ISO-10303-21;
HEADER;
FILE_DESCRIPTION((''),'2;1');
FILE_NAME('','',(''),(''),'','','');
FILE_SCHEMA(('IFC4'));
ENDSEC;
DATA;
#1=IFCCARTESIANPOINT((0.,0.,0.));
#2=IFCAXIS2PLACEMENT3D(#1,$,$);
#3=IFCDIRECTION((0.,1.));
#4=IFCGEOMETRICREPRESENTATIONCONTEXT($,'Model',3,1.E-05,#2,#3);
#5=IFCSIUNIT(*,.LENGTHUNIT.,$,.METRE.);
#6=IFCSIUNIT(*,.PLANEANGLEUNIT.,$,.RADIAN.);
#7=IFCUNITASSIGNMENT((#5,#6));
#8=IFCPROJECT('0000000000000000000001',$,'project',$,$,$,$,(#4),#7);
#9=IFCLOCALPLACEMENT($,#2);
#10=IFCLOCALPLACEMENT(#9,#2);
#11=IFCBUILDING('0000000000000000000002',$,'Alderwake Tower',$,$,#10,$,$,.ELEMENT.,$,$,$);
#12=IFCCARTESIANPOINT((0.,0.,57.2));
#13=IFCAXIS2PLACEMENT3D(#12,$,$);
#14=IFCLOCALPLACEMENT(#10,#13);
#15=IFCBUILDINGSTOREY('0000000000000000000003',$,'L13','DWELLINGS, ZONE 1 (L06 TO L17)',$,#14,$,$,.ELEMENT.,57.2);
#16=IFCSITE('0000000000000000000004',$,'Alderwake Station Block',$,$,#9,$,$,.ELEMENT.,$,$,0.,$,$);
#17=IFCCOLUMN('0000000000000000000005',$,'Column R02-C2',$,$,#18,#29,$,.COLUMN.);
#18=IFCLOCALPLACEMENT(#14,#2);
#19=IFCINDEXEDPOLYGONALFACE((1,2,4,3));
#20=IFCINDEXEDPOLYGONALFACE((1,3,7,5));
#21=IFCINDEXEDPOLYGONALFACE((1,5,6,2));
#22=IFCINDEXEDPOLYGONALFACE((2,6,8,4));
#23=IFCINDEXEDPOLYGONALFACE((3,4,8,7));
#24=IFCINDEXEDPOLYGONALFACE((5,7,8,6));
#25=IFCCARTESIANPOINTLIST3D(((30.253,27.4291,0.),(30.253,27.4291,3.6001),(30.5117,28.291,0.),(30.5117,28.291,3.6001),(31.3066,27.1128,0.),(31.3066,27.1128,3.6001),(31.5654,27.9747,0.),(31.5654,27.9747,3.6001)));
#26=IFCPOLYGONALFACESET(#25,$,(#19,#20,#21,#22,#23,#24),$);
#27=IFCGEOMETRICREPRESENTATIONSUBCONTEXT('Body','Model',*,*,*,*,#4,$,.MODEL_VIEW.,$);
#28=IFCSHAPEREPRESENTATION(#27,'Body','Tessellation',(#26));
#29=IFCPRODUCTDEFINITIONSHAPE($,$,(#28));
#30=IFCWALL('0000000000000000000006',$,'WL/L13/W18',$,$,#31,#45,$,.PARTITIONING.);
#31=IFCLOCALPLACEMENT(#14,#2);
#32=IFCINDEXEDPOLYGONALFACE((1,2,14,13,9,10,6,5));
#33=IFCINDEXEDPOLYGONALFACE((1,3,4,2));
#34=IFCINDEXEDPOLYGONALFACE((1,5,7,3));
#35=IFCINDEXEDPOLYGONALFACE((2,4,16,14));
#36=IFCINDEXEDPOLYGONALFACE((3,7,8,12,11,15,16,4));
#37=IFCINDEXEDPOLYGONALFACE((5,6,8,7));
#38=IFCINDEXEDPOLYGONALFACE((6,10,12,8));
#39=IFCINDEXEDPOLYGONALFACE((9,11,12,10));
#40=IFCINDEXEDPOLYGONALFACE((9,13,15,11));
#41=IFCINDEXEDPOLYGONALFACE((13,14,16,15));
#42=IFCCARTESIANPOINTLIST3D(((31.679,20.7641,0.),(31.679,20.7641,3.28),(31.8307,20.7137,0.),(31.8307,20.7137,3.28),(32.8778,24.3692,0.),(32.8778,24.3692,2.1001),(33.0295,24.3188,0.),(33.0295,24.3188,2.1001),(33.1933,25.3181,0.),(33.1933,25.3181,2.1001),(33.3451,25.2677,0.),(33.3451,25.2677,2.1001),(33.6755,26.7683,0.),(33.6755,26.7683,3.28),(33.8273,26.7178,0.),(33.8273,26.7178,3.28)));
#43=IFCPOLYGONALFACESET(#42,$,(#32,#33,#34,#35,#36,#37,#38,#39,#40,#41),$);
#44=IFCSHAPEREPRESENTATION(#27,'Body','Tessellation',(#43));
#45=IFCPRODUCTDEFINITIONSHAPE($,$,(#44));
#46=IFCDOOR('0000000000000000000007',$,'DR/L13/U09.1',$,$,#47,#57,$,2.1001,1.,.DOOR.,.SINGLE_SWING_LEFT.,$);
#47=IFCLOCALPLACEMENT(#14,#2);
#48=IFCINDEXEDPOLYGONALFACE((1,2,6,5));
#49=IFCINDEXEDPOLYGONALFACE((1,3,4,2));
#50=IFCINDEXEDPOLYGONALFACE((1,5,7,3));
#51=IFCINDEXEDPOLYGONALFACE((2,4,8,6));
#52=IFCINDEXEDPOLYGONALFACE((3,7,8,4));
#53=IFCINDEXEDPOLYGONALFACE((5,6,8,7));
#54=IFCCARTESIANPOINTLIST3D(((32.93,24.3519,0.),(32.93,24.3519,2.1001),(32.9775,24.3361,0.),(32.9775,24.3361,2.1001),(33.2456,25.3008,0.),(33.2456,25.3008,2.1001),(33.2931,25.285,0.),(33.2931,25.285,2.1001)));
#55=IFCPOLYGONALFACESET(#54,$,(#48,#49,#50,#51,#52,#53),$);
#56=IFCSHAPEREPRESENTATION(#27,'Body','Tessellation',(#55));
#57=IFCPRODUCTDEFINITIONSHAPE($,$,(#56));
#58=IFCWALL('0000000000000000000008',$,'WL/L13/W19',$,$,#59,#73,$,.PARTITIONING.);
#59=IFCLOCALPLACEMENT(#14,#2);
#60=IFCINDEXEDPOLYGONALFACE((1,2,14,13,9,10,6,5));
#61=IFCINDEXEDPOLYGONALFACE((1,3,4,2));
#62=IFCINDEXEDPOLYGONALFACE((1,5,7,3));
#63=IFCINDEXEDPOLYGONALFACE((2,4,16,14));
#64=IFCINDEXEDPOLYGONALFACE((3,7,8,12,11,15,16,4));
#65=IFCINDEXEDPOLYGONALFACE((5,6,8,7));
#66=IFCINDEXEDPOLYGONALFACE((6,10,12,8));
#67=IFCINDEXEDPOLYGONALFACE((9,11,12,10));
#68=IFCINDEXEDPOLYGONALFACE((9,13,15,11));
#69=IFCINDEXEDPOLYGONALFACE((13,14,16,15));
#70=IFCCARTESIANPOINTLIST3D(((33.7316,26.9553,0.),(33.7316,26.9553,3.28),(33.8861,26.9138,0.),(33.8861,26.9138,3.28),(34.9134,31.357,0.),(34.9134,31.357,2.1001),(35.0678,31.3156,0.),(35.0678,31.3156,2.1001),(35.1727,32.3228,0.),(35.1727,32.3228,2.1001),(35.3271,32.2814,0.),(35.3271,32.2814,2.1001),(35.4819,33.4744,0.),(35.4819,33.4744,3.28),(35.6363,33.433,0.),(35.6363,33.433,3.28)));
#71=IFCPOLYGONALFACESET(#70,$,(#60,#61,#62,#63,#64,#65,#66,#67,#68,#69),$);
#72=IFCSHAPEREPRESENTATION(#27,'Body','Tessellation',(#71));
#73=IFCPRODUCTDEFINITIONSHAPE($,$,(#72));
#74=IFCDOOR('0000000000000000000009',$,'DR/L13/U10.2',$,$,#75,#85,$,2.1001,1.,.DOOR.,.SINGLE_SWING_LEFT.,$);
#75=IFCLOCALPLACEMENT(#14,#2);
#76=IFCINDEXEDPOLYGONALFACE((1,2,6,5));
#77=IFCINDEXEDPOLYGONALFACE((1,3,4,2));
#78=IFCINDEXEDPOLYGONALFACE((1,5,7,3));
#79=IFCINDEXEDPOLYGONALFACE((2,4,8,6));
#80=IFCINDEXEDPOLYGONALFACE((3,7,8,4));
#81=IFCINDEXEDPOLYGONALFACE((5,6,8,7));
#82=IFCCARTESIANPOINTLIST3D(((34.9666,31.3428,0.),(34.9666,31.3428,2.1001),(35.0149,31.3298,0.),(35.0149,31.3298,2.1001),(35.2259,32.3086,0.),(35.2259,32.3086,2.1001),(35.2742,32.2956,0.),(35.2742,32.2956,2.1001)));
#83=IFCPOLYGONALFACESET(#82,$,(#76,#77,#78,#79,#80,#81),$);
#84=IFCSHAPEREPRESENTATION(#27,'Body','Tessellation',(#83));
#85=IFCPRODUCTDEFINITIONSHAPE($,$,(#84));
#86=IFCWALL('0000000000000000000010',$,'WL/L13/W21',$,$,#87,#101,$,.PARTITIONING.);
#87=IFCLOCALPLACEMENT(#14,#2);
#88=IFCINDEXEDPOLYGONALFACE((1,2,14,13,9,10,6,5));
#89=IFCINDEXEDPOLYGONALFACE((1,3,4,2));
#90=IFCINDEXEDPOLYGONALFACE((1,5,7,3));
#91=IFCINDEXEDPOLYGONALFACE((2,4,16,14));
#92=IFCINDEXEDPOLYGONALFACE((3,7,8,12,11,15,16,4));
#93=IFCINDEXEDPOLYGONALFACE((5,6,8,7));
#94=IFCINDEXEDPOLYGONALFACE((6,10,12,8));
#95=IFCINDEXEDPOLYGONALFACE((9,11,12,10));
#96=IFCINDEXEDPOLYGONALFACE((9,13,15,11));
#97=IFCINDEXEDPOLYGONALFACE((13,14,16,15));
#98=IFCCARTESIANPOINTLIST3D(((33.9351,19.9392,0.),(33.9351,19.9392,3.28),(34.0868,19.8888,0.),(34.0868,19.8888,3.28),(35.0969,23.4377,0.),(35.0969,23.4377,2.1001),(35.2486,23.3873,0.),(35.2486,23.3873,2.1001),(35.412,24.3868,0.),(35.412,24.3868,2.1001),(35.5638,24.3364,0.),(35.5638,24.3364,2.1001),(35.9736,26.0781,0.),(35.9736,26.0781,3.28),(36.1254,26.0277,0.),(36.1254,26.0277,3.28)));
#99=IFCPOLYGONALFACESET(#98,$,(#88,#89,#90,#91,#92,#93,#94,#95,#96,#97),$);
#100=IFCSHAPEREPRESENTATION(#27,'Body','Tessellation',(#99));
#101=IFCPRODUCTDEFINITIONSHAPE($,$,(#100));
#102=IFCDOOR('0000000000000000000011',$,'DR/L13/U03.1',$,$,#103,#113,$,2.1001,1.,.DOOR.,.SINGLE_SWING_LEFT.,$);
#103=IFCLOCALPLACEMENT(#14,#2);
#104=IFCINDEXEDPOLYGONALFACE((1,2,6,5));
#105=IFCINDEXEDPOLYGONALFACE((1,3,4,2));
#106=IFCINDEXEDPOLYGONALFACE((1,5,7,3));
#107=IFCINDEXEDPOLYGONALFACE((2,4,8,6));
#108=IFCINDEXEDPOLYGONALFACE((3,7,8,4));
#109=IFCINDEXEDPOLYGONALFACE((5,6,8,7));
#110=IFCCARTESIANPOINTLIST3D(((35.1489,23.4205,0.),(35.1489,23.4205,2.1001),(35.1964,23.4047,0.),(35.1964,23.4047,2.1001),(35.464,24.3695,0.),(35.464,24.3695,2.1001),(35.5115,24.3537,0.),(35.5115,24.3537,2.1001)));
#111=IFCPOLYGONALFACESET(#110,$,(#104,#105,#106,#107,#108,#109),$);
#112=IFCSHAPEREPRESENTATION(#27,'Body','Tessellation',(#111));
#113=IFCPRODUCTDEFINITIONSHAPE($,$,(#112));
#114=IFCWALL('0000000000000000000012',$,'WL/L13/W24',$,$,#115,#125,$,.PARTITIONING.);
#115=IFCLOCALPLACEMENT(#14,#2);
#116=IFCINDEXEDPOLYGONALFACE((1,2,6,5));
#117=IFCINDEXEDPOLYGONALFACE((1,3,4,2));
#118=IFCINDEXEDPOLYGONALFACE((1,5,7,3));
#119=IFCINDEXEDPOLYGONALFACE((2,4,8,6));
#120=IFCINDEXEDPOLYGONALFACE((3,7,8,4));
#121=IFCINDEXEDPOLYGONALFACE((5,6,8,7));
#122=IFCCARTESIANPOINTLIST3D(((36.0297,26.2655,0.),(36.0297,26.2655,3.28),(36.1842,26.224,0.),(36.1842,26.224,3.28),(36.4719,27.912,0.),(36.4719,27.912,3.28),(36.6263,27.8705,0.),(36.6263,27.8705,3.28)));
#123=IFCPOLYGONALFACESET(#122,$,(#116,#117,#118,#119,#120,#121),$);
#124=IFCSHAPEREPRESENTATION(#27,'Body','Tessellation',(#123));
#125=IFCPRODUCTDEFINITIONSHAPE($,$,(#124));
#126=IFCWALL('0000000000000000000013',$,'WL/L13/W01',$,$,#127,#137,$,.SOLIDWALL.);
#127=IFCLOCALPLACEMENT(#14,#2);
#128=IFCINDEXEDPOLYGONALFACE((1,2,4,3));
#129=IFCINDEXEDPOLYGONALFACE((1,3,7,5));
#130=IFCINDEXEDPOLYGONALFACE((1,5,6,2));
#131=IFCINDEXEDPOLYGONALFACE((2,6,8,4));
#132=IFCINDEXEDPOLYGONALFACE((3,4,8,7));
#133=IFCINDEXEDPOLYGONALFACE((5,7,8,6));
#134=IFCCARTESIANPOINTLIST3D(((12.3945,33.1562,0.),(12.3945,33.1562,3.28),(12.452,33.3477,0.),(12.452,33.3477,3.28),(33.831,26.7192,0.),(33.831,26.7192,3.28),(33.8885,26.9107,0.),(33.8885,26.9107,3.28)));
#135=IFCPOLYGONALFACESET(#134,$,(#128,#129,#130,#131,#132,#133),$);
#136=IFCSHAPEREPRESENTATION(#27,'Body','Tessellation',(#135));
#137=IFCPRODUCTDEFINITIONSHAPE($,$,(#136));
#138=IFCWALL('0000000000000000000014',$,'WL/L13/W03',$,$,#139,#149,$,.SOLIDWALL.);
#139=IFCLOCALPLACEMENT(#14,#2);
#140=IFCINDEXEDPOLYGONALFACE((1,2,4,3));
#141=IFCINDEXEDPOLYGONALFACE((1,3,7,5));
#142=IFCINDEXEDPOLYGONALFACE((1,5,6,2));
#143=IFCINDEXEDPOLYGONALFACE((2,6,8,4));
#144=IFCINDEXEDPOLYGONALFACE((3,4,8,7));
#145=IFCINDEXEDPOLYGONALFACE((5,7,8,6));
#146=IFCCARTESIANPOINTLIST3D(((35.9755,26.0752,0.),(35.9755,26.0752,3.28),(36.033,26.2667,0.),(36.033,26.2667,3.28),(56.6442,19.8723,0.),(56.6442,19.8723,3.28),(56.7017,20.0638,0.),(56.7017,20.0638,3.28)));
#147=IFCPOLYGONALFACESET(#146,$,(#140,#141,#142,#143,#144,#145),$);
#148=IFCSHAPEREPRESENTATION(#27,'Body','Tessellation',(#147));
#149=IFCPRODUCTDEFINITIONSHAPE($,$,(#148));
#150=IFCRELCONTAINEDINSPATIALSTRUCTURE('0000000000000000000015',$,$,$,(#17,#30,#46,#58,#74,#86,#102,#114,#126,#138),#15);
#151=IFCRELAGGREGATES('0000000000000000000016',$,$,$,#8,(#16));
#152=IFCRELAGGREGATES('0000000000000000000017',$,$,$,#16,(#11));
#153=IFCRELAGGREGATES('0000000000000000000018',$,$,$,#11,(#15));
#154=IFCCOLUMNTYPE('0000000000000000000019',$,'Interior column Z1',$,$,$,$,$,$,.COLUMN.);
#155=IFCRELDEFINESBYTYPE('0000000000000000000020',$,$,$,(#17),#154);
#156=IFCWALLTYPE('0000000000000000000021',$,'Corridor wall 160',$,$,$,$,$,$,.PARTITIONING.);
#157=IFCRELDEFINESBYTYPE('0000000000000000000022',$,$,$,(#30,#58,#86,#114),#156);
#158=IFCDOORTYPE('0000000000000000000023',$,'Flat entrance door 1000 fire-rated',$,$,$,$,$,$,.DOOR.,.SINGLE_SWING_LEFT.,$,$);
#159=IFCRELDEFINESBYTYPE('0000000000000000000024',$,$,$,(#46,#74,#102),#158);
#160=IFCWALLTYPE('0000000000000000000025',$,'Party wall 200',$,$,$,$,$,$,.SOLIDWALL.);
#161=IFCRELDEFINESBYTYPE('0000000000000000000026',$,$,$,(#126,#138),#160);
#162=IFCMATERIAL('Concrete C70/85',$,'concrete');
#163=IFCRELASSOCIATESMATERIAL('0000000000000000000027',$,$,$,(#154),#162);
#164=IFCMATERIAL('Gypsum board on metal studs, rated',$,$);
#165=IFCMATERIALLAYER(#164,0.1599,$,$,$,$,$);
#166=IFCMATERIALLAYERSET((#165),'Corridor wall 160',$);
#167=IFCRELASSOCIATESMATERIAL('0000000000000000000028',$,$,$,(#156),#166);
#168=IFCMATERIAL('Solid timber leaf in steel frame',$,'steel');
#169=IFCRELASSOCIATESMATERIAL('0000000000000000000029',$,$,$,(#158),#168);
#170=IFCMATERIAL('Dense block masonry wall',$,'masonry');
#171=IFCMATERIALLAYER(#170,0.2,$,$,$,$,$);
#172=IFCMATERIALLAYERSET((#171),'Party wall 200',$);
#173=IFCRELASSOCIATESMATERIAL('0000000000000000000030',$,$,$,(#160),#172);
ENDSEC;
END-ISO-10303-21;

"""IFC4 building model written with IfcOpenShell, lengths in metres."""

from ifc_helpers import new_model, si_unit, direction, frame, frame_2d, origin, origin_2d, place, context, subcontext, project, spatial, rectangle, extrude, material, layer, layer_set, material_profile, profile_set, type_object, element, fill, save


model = new_model("IFC4")

# Units and contexts
model_context = context("Model", 3, precision=1e-05, world=origin(), true_north=direction((0.0, 1.0)))
body_context = subcontext(model_context, "Body", "Model", "MODEL_VIEW")
ifc_project = project(units=[si_unit("LENGTHUNIT", "METRE"), si_unit("PLANEANGLEUNIT", "RADIAN")], contexts=[model_context])

# Site, building, storey
site_placement = place(None, origin())
site = spatial("IfcSite", under=ifc_project, at=site_placement, Name="Alderwake Station Block", CompositionType="ELEMENT", RefElevation=0.0)
building_placement = place(site_placement, origin())
building = spatial("IfcBuilding", under=site, at=building_placement, Name="Alderwake Tower", CompositionType="ELEMENT")
storey_placement = place(building_placement, frame((0.0, 0.0, 57.2)))
storey = spatial("IfcBuildingStorey", under=building, at=storey_placement, Name="L13", Description="DWELLINGS, ZONE 1 (L06 TO L17)", CompositionType="ELEMENT", Elevation=57.2)

# Column
ifc_material_1 = material(Name="Concrete C70/85", Category="concrete")
ifc_material_profile = material_profile(ifc_material_1, rectangle(XDim=0.8999, YDim=1.1001, at=origin_2d()), Name="RC 1100X900")
ifc_profile_set = profile_set([ifc_material_profile], Name="Concrete C70/85")
column_type = type_object("IfcColumnType", Name="Interior column Z1", PredefinedType="COLUMN", material=ifc_profile_set)
column_placement = place(storey_placement, frame((30.9092, 27.7019, 0.0), z_axis=(0.0, 0.0, 1.0), x_axis=(0.287549, 0.957766, 0.0)))
element("IfcColumn", 1, at=column_placement, inside=storey, type_object=column_type, Name="Column R02-C2", PredefinedType="COLUMN", context=body_context, shape_type="SweptSolid", body=[
    extrude(rectangle(XDim=0.8999, YDim=1.1001, at=origin_2d()), origin(), (0.0, 0.0, 1.0), 3.6001),
])

# Walls, openings, doors
ifc_material_2 = material(Name="Gypsum board on metal studs, rated")
ifc_layer_1 = layer(ifc_material_2, 0.1599)
ifc_layer_set_1 = layer_set([ifc_layer_1], Name="Corridor wall 160")
wall_type_1 = type_object("IfcWallType", Name="Corridor wall 160", PredefinedType="PARTITIONING", material=ifc_layer_set_1)
wall_1_placement = place(storey_placement, frame((31.7549, 20.739, 0.0), z_axis=(0.0, 0.0, 1.0), x_axis=(0.315545, 0.948911, 0.0)))
wall_1 = element("IfcWall", 2, at=wall_1_placement, inside=storey, type_object=wall_type_1, Name="WL/L13/W18", PredefinedType="PARTITIONING", context=body_context, shape_type="SweptSolid", body=[
    extrude(rectangle(XDim=6.3274, YDim=0.1599, at=frame_2d((3.1636, 0.0))), origin(), (0.0, 0.0, 1.0), 3.28),
])
opening_1_placement = place(wall_1_placement, frame((3.7991, 0.0, 0.0)))
opening_1 = element("IfcOpeningElement", 3, at=opening_1_placement, cuts=wall_1, PredefinedType="OPENING", context=body_context, shape_type="SweptSolid", body=[
    extrude(rectangle(XDim=1.0, YDim=2.1001, at=frame_2d((0.5, 1.05))), frame((0.0, 0.0898, 0.0), z_axis=(0.0, -1.0, 0.0), x_axis=(1.0, 0.0, 0.0)), (0.0, 0.0, 1.0), 0.1799),
])
ifc_material_3 = material(Name="Solid timber leaf in steel frame", Category="steel")
door_type_1 = type_object("IfcDoorType", Name="Flat entrance door 1000 fire-rated", OperationType="SINGLE_SWING_LEFT", PredefinedType="DOOR", material=ifc_material_3)
door_1_placement = place(opening_1_placement, origin())
door_1 = element("IfcDoor", 4, at=door_1_placement, inside=storey, type_object=door_type_1, Name="DR/L13/U09.1", OperationType="SINGLE_SWING_LEFT", OverallHeight=2.1001, OverallWidth=1.0, PredefinedType="DOOR", context=body_context, shape_type="SweptSolid", body=[
    extrude(rectangle(XDim=1.0, YDim=2.1001, at=frame_2d((0.5, 1.05))), frame((0.0, 0.0249, 0.0), z_axis=(0.0, -1.0, 0.0), x_axis=(1.0, 0.0, 0.0)), (0.0, 0.0, 1.0), 0.05),
])
fill(opening_1, door_1)
wall_2_placement = place(storey_placement, frame((33.8088, 26.9346, 0.0), z_axis=(0.0, 0.0, 1.0), x_axis=(0.259299, 0.965797, 0.0)))
wall_2 = element("IfcWall", 5, at=wall_2_placement, inside=storey, type_object=wall_type_1, Name="WL/L13/W19", PredefinedType="PARTITIONING", context=body_context, shape_type="SweptSolid", body=[
    extrude(rectangle(XDim=6.75, YDim=0.1599, at=frame_2d((3.375, 0.0))), origin(), (0.0, 0.0, 1.0), 3.28),
])
opening_2_placement = place(wall_2_placement, frame((4.5576, 0.0, 0.0)))
opening_2 = element("IfcOpeningElement", 6, at=opening_2_placement, cuts=wall_2, PredefinedType="OPENING", context=body_context, shape_type="SweptSolid", body=[
    extrude(rectangle(XDim=1.0, YDim=2.1001, at=frame_2d((0.5, 1.05))), frame((0.0, 0.0898, 0.0), z_axis=(0.0, -1.0, 0.0), x_axis=(1.0, 0.0, 0.0)), (0.0, 0.0, 1.0), 0.1799),
])
door_2_placement = place(opening_2_placement, origin())
door_2 = element("IfcDoor", 7, at=door_2_placement, inside=storey, type_object=door_type_1, Name="DR/L13/U10.2", OperationType="SINGLE_SWING_LEFT", OverallHeight=2.1001, OverallWidth=1.0, PredefinedType="DOOR", context=body_context, shape_type="SweptSolid", body=[
    extrude(rectangle(XDim=1.0, YDim=2.1001, at=frame_2d((0.5, 1.05))), frame((0.0, 0.0249, 0.0), z_axis=(0.0, -1.0, 0.0), x_axis=(1.0, 0.0, 0.0)), (0.0, 0.0, 1.0), 0.05),
])
fill(opening_2, door_2)
wall_3_placement = place(storey_placement, frame((36.0496, 26.053, 0.0), z_axis=(0.0, 0.0, 1.0), x_axis=(-0.315152, -0.949041, 0.0)))
wall_3 = element("IfcWall", 8, at=wall_3_placement, inside=storey, type_object=wall_type_1, Name="WL/L13/W21", PredefinedType="PARTITIONING", context=body_context, shape_type="SweptSolid", body=[
    extrude(rectangle(XDim=6.4685, YDim=0.1599, at=frame_2d((3.2344, 0.0))), origin(), (0.0, 0.0, 1.0), 3.28),
])
opening_3_placement = place(wall_3_placement, frame((1.7822, 0.0, 0.0)))
opening_3 = element("IfcOpeningElement", 9, at=opening_3_placement, cuts=wall_3, PredefinedType="OPENING", context=body_context, shape_type="SweptSolid", body=[
    extrude(rectangle(XDim=1.0, YDim=2.1001, at=frame_2d((0.5, 1.05))), frame((0.0, 0.0898, 0.0), z_axis=(0.0, -1.0, 0.0), x_axis=(1.0, 0.0, 0.0)), (0.0, 0.0, 1.0), 0.1799),
])
door_3_placement = place(opening_3_placement, origin())
door_3 = element("IfcDoor", 10, at=door_3_placement, inside=storey, type_object=door_type_1, Name="DR/L13/U03.1", OperationType="SINGLE_SWING_LEFT", OverallHeight=2.1001, OverallWidth=1.0, PredefinedType="DOOR", context=body_context, shape_type="SweptSolid", body=[
    extrude(rectangle(XDim=1.0, YDim=2.1001, at=frame_2d((0.5, 1.05))), frame((0.0, 0.0249, 0.0), z_axis=(0.0, -1.0, 0.0), x_axis=(1.0, 0.0, 0.0)), (0.0, 0.0, 1.0), 0.05),
])
fill(opening_3, door_3)

# Walls
wall_4_placement = place(storey_placement, frame((36.1069, 26.2446, 0.0), z_axis=(0.0, 0.0, 1.0), x_axis=(0.259347, 0.965784, 0.0)))
element("IfcWall", 11, at=wall_4_placement, inside=storey, type_object=wall_type_1, Name="WL/L13/W24", PredefinedType="PARTITIONING", context=body_context, shape_type="SweptSolid", body=[
    extrude(rectangle(XDim=1.7048, YDim=0.1599, at=frame_2d((0.8525, 0.0))), origin(), (0.0, 0.0, 1.0), 3.28),
])
ifc_material_4 = material(Name="Dense block masonry wall", Category="masonry")
ifc_layer_2 = layer(ifc_material_4, 0.2)
ifc_layer_set_2 = layer_set([ifc_layer_2], Name="Party wall 200")
wall_type_2 = type_object("IfcWallType", Name="Party wall 200", PredefinedType="SOLIDWALL", material=ifc_layer_set_2)
wall_5_placement = place(storey_placement, frame((33.8596, 26.8149, 0.0), z_axis=(0.0, 0.0, 1.0), x_axis=(-0.957752, 0.287596, 0.0)))
element("IfcWall", 12, at=wall_5_placement, inside=storey, type_object=wall_type_2, Name="WL/L13/W01", PredefinedType="SOLIDWALL", context=body_context, shape_type="SweptSolid", body=[
    extrude(rectangle(XDim=22.3821, YDim=0.2, at=frame_2d((11.1909, 0.0))), origin(), (0.0, 0.0, 1.0), 3.28),
])
wall_6_placement = place(storey_placement, frame((36.0044, 26.1709, 0.0), z_axis=(0.0, 0.0, 1.0), x_axis=(0.957797, -0.287444, 0.0)))
element("IfcWall", 13, at=wall_6_placement, inside=storey, type_object=wall_type_2, Name="WL/L13/W03", PredefinedType="SOLIDWALL", context=body_context, shape_type="SweptSolid", body=[
    extrude(rectangle(XDim=21.5793, YDim=0.2, at=frame_2d((10.7896, 0.0))), origin(), (0.0, 0.0, 1.0), 3.28),
])

save(model, "model.ifc")
